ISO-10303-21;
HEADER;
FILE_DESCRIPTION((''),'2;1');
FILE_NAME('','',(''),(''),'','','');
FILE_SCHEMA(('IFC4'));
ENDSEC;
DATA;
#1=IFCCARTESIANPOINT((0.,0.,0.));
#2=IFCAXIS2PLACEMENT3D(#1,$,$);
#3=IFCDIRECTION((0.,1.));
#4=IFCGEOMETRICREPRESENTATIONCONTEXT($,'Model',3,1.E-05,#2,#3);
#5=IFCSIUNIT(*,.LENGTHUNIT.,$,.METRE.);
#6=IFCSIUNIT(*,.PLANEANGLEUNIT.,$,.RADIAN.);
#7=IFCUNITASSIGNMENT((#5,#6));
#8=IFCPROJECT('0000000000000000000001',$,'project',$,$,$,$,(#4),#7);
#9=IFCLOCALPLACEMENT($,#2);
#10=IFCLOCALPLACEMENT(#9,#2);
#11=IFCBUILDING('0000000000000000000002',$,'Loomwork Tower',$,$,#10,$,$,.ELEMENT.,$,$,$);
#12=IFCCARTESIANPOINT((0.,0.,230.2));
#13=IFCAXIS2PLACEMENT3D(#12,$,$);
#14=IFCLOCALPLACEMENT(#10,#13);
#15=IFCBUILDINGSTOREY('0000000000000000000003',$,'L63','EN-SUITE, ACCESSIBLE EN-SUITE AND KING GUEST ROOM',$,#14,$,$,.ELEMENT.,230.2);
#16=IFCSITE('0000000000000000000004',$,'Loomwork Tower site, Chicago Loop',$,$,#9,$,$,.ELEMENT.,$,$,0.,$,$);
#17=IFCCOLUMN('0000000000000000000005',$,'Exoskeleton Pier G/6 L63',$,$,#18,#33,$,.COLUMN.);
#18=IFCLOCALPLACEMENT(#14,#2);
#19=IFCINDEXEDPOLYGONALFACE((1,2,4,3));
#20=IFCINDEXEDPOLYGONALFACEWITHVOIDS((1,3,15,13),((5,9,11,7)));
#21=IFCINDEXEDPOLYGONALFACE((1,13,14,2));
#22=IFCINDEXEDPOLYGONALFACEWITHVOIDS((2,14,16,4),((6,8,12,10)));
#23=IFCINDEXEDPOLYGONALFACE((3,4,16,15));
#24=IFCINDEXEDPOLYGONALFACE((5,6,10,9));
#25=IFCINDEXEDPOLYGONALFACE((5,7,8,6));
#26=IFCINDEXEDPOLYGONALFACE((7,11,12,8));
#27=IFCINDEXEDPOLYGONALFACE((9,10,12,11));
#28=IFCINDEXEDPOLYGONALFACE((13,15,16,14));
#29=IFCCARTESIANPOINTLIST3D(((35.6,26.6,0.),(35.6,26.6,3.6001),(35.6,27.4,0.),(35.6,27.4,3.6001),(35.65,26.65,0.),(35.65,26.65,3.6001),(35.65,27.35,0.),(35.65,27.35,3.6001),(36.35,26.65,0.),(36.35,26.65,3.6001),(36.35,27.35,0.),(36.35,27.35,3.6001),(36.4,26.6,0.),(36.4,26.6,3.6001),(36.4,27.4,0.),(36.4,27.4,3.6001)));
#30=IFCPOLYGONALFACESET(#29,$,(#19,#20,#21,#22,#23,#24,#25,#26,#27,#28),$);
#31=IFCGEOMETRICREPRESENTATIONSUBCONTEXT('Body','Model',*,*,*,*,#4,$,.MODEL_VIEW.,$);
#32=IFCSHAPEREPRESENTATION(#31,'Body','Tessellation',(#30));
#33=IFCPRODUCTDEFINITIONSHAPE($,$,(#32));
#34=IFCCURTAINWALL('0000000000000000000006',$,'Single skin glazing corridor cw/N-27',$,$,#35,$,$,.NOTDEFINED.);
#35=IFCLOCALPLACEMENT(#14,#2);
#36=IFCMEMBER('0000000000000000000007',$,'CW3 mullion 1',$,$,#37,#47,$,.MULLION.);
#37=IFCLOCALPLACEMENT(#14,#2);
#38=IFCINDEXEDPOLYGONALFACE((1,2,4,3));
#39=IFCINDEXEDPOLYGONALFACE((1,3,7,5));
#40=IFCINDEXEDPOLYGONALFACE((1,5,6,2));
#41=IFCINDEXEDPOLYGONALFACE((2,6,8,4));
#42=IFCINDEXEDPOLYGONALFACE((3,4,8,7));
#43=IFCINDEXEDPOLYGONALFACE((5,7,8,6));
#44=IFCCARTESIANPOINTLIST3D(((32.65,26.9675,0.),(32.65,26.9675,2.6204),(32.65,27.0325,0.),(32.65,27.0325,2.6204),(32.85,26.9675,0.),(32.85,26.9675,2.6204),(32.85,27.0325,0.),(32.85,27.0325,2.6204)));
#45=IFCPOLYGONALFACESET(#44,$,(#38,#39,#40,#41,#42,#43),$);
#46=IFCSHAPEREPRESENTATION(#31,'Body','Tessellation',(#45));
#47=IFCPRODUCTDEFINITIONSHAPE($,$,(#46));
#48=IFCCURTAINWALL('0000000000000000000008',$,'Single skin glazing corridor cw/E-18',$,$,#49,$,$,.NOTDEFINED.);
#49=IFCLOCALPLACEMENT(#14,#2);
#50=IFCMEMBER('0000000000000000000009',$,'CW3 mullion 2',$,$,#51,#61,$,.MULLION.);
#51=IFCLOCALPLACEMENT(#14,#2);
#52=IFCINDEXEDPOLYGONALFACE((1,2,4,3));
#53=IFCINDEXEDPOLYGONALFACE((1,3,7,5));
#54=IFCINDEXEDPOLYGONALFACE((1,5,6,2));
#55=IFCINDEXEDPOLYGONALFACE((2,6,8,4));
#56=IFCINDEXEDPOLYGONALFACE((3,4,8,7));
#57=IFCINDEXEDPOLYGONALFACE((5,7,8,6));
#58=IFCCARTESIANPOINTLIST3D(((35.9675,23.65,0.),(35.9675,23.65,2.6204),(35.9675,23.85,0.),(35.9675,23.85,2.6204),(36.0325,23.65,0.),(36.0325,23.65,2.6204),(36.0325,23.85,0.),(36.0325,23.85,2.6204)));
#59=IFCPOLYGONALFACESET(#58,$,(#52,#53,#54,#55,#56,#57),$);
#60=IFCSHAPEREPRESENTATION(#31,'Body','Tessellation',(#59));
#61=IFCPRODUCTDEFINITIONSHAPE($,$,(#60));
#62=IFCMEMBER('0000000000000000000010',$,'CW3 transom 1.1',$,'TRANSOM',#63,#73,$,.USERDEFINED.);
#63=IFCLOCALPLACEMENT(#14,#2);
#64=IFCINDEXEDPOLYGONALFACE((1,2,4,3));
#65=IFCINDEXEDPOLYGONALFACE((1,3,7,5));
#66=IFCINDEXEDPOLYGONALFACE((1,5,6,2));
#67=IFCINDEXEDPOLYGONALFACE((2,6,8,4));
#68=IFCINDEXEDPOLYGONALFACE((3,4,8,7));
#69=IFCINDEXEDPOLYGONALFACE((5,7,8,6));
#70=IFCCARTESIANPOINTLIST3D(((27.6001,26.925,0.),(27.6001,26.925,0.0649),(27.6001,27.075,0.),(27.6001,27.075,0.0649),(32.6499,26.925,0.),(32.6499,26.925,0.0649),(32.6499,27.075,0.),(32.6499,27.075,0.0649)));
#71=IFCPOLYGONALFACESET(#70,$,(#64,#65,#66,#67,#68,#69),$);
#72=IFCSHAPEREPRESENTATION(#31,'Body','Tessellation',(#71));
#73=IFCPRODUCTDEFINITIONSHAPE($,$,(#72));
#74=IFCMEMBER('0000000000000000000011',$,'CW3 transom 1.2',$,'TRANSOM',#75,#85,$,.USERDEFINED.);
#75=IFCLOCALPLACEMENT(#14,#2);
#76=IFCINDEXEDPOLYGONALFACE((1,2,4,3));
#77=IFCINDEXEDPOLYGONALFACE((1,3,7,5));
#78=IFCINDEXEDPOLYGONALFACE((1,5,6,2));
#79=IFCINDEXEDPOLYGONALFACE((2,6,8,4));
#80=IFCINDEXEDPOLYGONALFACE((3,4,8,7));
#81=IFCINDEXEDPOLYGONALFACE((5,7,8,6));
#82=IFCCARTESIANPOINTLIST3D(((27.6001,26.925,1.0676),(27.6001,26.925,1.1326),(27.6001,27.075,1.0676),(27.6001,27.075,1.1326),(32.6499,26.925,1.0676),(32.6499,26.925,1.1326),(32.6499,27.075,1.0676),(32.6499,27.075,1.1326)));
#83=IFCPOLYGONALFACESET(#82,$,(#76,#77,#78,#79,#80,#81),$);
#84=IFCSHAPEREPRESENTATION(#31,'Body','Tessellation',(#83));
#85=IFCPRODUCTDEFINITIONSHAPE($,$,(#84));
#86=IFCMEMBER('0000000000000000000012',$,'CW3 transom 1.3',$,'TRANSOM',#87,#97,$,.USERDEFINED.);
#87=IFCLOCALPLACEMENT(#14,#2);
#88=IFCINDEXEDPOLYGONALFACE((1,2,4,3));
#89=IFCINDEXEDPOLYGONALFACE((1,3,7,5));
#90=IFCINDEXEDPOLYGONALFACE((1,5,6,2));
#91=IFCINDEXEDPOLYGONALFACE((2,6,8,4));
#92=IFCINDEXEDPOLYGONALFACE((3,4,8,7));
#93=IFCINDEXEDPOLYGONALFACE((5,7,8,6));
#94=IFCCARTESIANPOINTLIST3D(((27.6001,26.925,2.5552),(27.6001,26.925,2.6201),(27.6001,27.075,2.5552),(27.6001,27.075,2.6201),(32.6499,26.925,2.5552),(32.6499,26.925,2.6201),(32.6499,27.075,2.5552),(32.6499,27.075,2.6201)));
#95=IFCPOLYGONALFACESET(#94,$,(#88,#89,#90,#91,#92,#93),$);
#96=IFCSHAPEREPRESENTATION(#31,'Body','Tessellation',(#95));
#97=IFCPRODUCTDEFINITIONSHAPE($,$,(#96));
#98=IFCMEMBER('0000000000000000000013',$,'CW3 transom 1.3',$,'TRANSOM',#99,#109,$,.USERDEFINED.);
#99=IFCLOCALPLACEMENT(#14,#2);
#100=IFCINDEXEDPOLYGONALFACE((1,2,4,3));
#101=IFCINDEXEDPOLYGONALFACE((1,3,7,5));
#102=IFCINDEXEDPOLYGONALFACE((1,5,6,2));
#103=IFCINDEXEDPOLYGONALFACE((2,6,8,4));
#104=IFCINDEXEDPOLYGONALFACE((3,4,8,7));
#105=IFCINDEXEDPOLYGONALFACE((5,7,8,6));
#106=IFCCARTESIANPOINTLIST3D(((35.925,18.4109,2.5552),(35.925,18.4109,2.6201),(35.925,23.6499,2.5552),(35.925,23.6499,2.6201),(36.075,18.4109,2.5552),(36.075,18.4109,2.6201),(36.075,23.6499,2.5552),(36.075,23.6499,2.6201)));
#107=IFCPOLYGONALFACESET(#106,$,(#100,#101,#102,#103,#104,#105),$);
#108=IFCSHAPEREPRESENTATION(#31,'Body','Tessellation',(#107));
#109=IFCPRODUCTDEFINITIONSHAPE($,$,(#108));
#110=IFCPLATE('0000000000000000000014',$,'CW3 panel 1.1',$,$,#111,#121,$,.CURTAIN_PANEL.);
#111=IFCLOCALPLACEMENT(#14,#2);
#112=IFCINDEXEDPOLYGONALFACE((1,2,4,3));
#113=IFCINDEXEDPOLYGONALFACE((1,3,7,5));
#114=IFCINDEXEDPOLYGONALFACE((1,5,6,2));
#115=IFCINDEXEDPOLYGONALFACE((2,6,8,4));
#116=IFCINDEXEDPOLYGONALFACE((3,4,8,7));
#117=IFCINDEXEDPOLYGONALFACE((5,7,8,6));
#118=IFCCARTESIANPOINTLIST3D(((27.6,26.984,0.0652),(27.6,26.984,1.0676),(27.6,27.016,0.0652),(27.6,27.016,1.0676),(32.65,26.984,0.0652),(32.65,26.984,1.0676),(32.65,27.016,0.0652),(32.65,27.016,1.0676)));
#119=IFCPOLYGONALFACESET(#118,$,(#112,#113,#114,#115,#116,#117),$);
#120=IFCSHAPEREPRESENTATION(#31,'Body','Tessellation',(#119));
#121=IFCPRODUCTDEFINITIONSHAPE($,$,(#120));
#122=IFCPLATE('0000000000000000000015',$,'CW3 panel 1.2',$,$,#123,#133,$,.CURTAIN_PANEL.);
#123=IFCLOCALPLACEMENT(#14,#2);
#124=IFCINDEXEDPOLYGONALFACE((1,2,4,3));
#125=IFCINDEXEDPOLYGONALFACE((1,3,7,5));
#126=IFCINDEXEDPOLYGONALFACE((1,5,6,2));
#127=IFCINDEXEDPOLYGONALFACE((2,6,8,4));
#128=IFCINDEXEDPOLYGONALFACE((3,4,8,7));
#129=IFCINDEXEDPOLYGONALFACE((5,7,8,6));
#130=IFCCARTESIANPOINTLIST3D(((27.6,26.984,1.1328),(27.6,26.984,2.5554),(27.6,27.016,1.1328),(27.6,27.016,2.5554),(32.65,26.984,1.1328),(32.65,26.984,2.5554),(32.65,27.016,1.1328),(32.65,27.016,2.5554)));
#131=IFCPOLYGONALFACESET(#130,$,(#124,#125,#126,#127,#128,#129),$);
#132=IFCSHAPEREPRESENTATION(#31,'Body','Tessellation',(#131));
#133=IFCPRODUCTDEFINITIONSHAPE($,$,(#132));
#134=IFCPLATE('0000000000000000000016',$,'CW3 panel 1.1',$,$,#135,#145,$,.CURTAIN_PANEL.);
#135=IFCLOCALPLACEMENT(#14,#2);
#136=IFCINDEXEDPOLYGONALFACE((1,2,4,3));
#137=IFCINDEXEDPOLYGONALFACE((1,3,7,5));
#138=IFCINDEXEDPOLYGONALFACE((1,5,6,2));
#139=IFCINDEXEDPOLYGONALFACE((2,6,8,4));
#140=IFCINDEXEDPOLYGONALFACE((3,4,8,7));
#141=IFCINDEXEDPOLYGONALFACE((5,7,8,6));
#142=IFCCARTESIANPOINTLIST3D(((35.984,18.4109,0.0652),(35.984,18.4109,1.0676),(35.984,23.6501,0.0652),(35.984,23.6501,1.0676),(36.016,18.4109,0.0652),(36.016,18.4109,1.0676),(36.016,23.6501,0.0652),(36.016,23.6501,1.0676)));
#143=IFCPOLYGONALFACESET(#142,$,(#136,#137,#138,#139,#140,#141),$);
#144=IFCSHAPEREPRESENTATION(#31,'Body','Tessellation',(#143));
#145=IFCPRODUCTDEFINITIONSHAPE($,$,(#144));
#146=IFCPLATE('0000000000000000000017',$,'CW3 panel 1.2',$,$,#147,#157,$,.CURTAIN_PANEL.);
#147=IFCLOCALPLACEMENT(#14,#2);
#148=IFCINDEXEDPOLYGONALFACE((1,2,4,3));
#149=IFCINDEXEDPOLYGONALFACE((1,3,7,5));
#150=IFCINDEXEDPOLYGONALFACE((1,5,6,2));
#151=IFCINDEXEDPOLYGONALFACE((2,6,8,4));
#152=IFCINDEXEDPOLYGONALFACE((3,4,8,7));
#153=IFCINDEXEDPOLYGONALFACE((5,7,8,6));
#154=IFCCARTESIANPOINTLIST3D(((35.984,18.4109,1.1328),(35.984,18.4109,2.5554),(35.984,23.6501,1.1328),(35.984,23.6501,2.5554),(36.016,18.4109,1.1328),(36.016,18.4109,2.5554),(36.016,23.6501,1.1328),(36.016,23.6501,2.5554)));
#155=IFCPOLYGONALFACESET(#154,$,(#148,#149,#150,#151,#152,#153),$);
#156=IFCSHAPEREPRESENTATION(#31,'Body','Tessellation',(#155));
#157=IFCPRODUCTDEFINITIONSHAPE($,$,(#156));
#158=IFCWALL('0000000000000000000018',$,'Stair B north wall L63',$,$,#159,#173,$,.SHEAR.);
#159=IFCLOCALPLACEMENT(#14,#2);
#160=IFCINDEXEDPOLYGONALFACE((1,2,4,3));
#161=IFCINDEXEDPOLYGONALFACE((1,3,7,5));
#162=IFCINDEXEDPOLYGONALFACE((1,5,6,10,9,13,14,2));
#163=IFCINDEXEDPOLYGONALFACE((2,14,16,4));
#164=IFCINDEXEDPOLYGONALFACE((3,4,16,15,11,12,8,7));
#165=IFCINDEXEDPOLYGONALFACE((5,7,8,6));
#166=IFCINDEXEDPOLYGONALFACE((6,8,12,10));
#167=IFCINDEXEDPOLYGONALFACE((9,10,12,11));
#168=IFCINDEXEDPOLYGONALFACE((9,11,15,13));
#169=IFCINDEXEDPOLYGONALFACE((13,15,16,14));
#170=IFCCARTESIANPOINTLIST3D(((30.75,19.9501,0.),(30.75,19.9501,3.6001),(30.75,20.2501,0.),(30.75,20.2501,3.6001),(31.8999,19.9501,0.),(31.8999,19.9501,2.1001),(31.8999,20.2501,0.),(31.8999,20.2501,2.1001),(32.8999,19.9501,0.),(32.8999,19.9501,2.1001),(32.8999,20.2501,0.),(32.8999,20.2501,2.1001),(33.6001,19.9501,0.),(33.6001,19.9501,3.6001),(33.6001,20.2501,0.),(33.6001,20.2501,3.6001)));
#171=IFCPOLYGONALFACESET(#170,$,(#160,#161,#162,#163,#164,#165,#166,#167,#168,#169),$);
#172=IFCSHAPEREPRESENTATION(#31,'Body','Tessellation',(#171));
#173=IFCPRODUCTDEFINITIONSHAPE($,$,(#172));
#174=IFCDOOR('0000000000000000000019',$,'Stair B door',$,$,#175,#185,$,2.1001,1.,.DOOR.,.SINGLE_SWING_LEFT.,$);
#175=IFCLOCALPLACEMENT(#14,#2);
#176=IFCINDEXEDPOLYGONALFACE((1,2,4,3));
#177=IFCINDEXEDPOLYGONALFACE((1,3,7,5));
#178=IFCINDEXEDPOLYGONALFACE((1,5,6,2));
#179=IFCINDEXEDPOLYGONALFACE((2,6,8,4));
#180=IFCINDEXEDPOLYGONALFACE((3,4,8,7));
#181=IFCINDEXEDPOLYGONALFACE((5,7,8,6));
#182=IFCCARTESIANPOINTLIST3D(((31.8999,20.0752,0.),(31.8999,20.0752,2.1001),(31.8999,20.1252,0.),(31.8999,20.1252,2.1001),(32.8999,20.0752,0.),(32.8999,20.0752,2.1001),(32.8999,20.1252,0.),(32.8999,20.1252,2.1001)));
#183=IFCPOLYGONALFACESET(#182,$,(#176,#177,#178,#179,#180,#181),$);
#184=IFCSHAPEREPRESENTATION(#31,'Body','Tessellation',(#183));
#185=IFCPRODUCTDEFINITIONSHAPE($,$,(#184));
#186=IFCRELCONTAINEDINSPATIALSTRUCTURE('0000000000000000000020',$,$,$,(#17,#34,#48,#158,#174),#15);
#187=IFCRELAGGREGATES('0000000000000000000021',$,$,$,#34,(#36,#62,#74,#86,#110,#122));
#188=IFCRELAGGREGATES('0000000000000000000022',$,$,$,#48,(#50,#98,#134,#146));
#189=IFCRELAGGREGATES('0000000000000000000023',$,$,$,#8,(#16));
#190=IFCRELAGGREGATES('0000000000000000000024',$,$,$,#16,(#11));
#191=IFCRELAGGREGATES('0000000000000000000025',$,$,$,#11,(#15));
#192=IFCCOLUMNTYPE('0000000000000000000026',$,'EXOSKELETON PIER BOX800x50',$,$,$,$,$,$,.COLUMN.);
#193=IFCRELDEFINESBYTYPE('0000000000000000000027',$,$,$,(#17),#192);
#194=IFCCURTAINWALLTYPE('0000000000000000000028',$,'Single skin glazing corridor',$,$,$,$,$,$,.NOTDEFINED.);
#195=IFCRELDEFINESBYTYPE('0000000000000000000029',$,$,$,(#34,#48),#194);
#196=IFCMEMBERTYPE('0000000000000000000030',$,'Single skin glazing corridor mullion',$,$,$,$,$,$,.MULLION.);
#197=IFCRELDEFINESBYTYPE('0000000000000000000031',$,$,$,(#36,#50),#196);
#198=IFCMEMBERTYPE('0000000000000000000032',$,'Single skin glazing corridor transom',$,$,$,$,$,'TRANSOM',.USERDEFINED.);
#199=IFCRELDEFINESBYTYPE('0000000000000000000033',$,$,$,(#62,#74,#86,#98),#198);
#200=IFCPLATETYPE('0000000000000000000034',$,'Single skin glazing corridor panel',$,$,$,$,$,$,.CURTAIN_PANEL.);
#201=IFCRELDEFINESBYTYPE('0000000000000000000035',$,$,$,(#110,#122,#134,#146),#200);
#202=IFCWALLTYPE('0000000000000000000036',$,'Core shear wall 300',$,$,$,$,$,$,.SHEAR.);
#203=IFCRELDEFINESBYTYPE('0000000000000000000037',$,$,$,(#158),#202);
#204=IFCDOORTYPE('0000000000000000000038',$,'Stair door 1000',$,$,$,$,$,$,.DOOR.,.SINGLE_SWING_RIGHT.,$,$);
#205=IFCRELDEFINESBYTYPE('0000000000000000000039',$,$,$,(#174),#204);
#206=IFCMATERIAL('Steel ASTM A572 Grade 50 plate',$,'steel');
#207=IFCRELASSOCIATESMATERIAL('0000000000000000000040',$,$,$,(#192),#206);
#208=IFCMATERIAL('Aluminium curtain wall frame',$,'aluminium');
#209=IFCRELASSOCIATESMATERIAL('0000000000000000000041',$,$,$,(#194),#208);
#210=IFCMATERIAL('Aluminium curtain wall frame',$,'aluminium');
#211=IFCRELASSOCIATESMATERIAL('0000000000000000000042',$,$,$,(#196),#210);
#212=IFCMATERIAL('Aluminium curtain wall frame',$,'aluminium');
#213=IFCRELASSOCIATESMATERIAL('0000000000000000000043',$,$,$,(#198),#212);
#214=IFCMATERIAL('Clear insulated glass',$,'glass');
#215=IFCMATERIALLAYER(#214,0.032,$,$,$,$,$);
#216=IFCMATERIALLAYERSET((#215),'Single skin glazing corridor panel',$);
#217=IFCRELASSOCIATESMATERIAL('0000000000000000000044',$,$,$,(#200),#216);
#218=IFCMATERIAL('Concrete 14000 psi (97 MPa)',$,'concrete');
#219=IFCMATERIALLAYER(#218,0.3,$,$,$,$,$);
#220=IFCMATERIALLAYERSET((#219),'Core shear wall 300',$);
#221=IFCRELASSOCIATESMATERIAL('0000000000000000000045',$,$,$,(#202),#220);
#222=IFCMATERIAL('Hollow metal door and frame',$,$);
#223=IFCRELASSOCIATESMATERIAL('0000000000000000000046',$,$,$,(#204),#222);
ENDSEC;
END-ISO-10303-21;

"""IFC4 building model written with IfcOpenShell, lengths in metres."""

from ifc_helpers import new_model, si_unit, direction, frame, frame_2d, origin, origin_2d, place, context, subcontext, project, spatial, rectangle, hollow_rectangle, extrude, material, layer, layer_set, material_profile, profile_set, type_object, element, fill, aggregate, save


model = new_model("IFC4")

# Units and contexts
model_context = context("Model", 3, precision=1e-05, world=origin(), true_north=direction((0.0, 1.0)))
body_context = subcontext(model_context, "Body", "Model", "MODEL_VIEW")
ifc_project = project(units=[si_unit("LENGTHUNIT", "METRE"), si_unit("PLANEANGLEUNIT", "RADIAN")], contexts=[model_context])

# Site, building, storey
site_placement = place(None, origin())
site = spatial("IfcSite", under=ifc_project, at=site_placement, Name="Loomwork Tower site, Chicago Loop", CompositionType="ELEMENT", RefElevation=0.0)
building_placement = place(site_placement, origin())
building = spatial("IfcBuilding", under=site, at=building_placement, Name="Loomwork Tower", CompositionType="ELEMENT")
storey_placement = place(building_placement, frame((0.0, 0.0, 230.2)))
storey = spatial("IfcBuildingStorey", under=building, at=storey_placement, Name="L63", Description="EN-SUITE, ACCESSIBLE EN-SUITE AND KING GUEST ROOM", CompositionType="ELEMENT", Elevation=230.2)

# Column
ifc_material_1 = material(Name="Steel ASTM A572 Grade 50 plate", Category="steel")
ifc_material_profile_1 = material_profile(ifc_material_1, hollow_rectangle(XDim=0.8, YDim=0.8, WallThickness=0.05, at=origin_2d()), Name="BOX800x50")
ifc_profile_set_1 = profile_set([ifc_material_profile_1], Name="Steel ASTM A572 Grade 50 plate")
column_type = type_object("IfcColumnType", Name="EXOSKELETON PIER BOX800x50", PredefinedType="COLUMN", material=ifc_profile_set_1)
column_placement = place(storey_placement, frame((36.0, 27.0, 0.0), z_axis=(0.0, 0.0, 1.0), x_axis=(1.0, 0.0, 0.0)))
element("IfcColumn", 1, at=column_placement, inside=storey, type_object=column_type, Name="Exoskeleton Pier G/6 L63", PredefinedType="COLUMN", context=body_context, shape_type="SweptSolid", body=[
    extrude(hollow_rectangle(XDim=0.8, YDim=0.8, WallThickness=0.05, at=origin_2d()), origin(), (0.0, 0.0, 1.0), 3.6001),
])

# Curtain walls, members
ifc_material_2 = material(Name="Aluminium curtain wall frame", Category="aluminium")
curtain_wall_type = type_object("IfcCurtainWallType", Name="Single skin glazing corridor", PredefinedType="NOTDEFINED", material=ifc_material_2)
curtain_wall_1_placement = place(storey_placement, origin())
curtain_wall_1 = element("IfcCurtainWall", 2, at=curtain_wall_1_placement, inside=storey, type_object=curtain_wall_type, Name="Single skin glazing corridor cw/N-27", PredefinedType="NOTDEFINED")
ifc_material_3 = material(Name="Aluminium curtain wall frame", Category="aluminium")
ifc_material_profile_2 = material_profile(ifc_material_3, rectangle(XDim=0.0649, YDim=0.2, at=origin_2d()), Name="AL 65x200")
ifc_profile_set_2 = profile_set([ifc_material_profile_2], Name="Aluminium curtain wall frame")
member_type_1 = type_object("IfcMemberType", Name="Single skin glazing corridor mullion", PredefinedType="MULLION", material=ifc_profile_set_2)
member_1_placement = place(storey_placement, frame((32.75, 27.0, 0.0), z_axis=(0.0, 0.0, 1.0), x_axis=(0.0, -1.0, 0.0)))
member_1 = element("IfcMember", 3, at=member_1_placement, type_object=member_type_1, Name="CW3 mullion 1", PredefinedType="MULLION", context=body_context, shape_type="SweptSolid", body=[
    extrude(rectangle(XDim=0.0649, YDim=0.2, at=origin_2d()), origin(), (0.0, 0.0, 1.0), 2.6204),
])
curtain_wall_2_placement = place(storey_placement, origin())
curtain_wall_2 = element("IfcCurtainWall", 4, at=curtain_wall_2_placement, inside=storey, type_object=curtain_wall_type, Name="Single skin glazing corridor cw/E-18", PredefinedType="NOTDEFINED")
member_2_placement = place(storey_placement, frame((36.0, 23.75, 0.0), z_axis=(0.0, 0.0, 1.0), x_axis=(-1.0, 0.0, 0.0)))
member_2 = element("IfcMember", 5, at=member_2_placement, type_object=member_type_1, Name="CW3 mullion 2", PredefinedType="MULLION", context=body_context, shape_type="SweptSolid", body=[
    extrude(rectangle(XDim=0.0649, YDim=0.2, at=origin_2d()), origin(), (0.0, 0.0, 1.0), 2.6204),
])

# Members
ifc_material_4 = material(Name="Aluminium curtain wall frame", Category="aluminium")
ifc_material_profile_3 = material_profile(ifc_material_4, rectangle(XDim=0.1499, YDim=0.0649, at=origin_2d()), Name="AL 65x150")
ifc_profile_set_3 = profile_set([ifc_material_profile_3], Name="Aluminium curtain wall frame")
member_type_2 = type_object("IfcMemberType", Name="Single skin glazing corridor transom", ElementType="TRANSOM", PredefinedType="USERDEFINED", material=ifc_profile_set_3)
member_3_placement = place(storey_placement, frame((32.6499, 27.0, 0.0325), z_axis=(-1.0, 0.0, 0.0), x_axis=(0.0, -1.0, 0.0)))
member_3 = element("IfcMember", 6, at=member_3_placement, type_object=member_type_2, Name="CW3 transom 1.1", ObjectType="TRANSOM", PredefinedType="USERDEFINED", context=body_context, shape_type="SweptSolid", body=[
    extrude(rectangle(XDim=0.1499, YDim=0.0649, at=origin_2d()), origin(), (0.0, 0.0, 1.0), 5.0498),
])
member_4_placement = place(storey_placement, frame((32.6499, 27.0, 1.1001), z_axis=(-1.0, 0.0, 0.0), x_axis=(0.0, -1.0, 0.0)))
member_4 = element("IfcMember", 7, at=member_4_placement, type_object=member_type_2, Name="CW3 transom 1.2", ObjectType="TRANSOM", PredefinedType="USERDEFINED", context=body_context, shape_type="SweptSolid", body=[
    extrude(rectangle(XDim=0.1499, YDim=0.0649, at=origin_2d()), origin(), (0.0, 0.0, 1.0), 5.0498),
])
member_5_placement = place(storey_placement, frame((32.6499, 27.0, 2.5876), z_axis=(-1.0, 0.0, 0.0), x_axis=(0.0, -1.0, 0.0)))
member_5 = element("IfcMember", 8, at=member_5_placement, type_object=member_type_2, Name="CW3 transom 1.3", ObjectType="TRANSOM", PredefinedType="USERDEFINED", context=body_context, shape_type="SweptSolid", body=[
    extrude(rectangle(XDim=0.1499, YDim=0.0649, at=origin_2d()), origin(), (0.0, 0.0, 1.0), 5.0498),
])
member_6_placement = place(storey_placement, frame((36.0, 18.4109, 2.5876), z_axis=(0.0, 1.0, 0.0), x_axis=(-1.0, 0.0, 0.0)))
member_6 = element("IfcMember", 9, at=member_6_placement, type_object=member_type_2, Name="CW3 transom 1.3", ObjectType="TRANSOM", PredefinedType="USERDEFINED", context=body_context, shape_type="SweptSolid", body=[
    extrude(rectangle(XDim=0.1499, YDim=0.0649, at=origin_2d()), origin(), (0.0, 0.0, 1.0), 5.239),
])

# Plates
ifc_material_5 = material(Name="Clear insulated glass", Category="glass")
ifc_layer_1 = layer(ifc_material_5, 0.032)
ifc_layer_set_1 = layer_set([ifc_layer_1], Name="Single skin glazing corridor panel")
plate_type = type_object("IfcPlateType", Name="Single skin glazing corridor panel", PredefinedType="CURTAIN_PANEL", material=ifc_layer_set_1)
plate_1_placement = place(storey_placement, frame((30.125, 27.0, 0.0652), z_axis=(0.0, 0.0, 1.0), x_axis=(-1.0, 0.0, 0.0)))
plate_1 = element("IfcPlate", 10, at=plate_1_placement, type_object=plate_type, Name="CW3 panel 1.1", PredefinedType="CURTAIN_PANEL", context=body_context, shape_type="SweptSolid", body=[
    extrude(rectangle(XDim=5.05, YDim=0.032, at=origin_2d()), origin(), (0.0, 0.0, 1.0), 1.0024),
])
plate_2_placement = place(storey_placement, frame((30.125, 27.0, 1.1328), z_axis=(0.0, 0.0, 1.0), x_axis=(-1.0, 0.0, 0.0)))
plate_2 = element("IfcPlate", 11, at=plate_2_placement, type_object=plate_type, Name="CW3 panel 1.2", PredefinedType="CURTAIN_PANEL", context=body_context, shape_type="SweptSolid", body=[
    extrude(rectangle(XDim=5.05, YDim=0.032, at=origin_2d()), origin(), (0.0, 0.0, 1.0), 1.4226),
])
aggregate(curtain_wall_1, [member_1, member_3, member_4, member_5, plate_1, plate_2])
plate_3_placement = place(storey_placement, frame((36.0, 21.0305, 0.0652), z_axis=(0.0, 0.0, 1.0), x_axis=(0.0, 1.0, 0.0)))
plate_3 = element("IfcPlate", 12, at=plate_3_placement, type_object=plate_type, Name="CW3 panel 1.1", PredefinedType="CURTAIN_PANEL", context=body_context, shape_type="SweptSolid", body=[
    extrude(rectangle(XDim=5.2393, YDim=0.032, at=origin_2d()), origin(), (0.0, 0.0, 1.0), 1.0024),
])
plate_4_placement = place(storey_placement, frame((36.0, 21.0305, 1.1328), z_axis=(0.0, 0.0, 1.0), x_axis=(0.0, 1.0, 0.0)))
plate_4 = element("IfcPlate", 13, at=plate_4_placement, type_object=plate_type, Name="CW3 panel 1.2", PredefinedType="CURTAIN_PANEL", context=body_context, shape_type="SweptSolid", body=[
    extrude(rectangle(XDim=5.2393, YDim=0.032, at=origin_2d()), origin(), (0.0, 0.0, 1.0), 1.4226),
])
aggregate(curtain_wall_2, [member_2, member_6, plate_3, plate_4])

# Wall, opening, door
ifc_material_6 = material(Name="Concrete 14000 psi (97 MPa)", Category="concrete")
ifc_layer_2 = layer(ifc_material_6, 0.3)
ifc_layer_set_2 = layer_set([ifc_layer_2], Name="Core shear wall 300")
wall_type_1 = type_object("IfcWallType", Name="Core shear wall 300", PredefinedType="SHEAR", material=ifc_layer_set_2)
wall_1_placement = place(storey_placement, frame((30.75, 20.1001, 0.0), z_axis=(0.0, 0.0, 1.0), x_axis=(1.0, 0.0, 0.0)))
wall_1 = element("IfcWall", 14, at=wall_1_placement, inside=storey, type_object=wall_type_1, Name="Stair B north wall L63", PredefinedType="SHEAR", context=body_context, shape_type="SweptSolid", body=[
    extrude(rectangle(XDim=2.8501, YDim=0.3, at=frame_2d((1.425, 0.0))), origin(), (0.0, 0.0, 1.0), 3.6001),
])
opening_1_placement = place(wall_1_placement, frame((1.1499, 0.0, 0.0)))
opening_1 = element("IfcOpeningElement", 15, at=opening_1_placement, cuts=wall_1, PredefinedType="OPENING", context=body_context, shape_type="SweptSolid", body=[
    extrude(rectangle(XDim=1.0, YDim=2.1001, at=frame_2d((0.5, 1.05))), frame((0.0, 0.1599, 0.0), z_axis=(0.0, -1.0, 0.0), x_axis=(1.0, 0.0, 0.0)), (0.0, 0.0, 1.0), 0.3201),
])
ifc_material_7 = material(Name="Hollow metal door and frame")
door_type = type_object("IfcDoorType", Name="Stair door 1000", OperationType="SINGLE_SWING_RIGHT", PredefinedType="DOOR", material=ifc_material_7)
door_placement = place(opening_1_placement, frame((1.0, 0.0, 0.0), z_axis=(0.0, 0.0, 1.0), x_axis=(-1.0, 0.0, 0.0)))
door = element("IfcDoor", 16, at=door_placement, inside=storey, type_object=door_type, Name="Stair B door", OperationType="SINGLE_SWING_LEFT", OverallHeight=2.1001, OverallWidth=1.0, PredefinedType="DOOR", context=body_context, shape_type="SweptSolid", body=[
    extrude(rectangle(XDim=1.0, YDim=2.1001, at=frame_2d((0.5, 1.05))), frame((0.0, 0.0249, 0.0), z_axis=(0.0, -1.0, 0.0), x_axis=(1.0, 0.0, 0.0)), (0.0, 0.0, 1.0), 0.05),
])
fill(opening_1, door)

save(model, "model.ifc")
